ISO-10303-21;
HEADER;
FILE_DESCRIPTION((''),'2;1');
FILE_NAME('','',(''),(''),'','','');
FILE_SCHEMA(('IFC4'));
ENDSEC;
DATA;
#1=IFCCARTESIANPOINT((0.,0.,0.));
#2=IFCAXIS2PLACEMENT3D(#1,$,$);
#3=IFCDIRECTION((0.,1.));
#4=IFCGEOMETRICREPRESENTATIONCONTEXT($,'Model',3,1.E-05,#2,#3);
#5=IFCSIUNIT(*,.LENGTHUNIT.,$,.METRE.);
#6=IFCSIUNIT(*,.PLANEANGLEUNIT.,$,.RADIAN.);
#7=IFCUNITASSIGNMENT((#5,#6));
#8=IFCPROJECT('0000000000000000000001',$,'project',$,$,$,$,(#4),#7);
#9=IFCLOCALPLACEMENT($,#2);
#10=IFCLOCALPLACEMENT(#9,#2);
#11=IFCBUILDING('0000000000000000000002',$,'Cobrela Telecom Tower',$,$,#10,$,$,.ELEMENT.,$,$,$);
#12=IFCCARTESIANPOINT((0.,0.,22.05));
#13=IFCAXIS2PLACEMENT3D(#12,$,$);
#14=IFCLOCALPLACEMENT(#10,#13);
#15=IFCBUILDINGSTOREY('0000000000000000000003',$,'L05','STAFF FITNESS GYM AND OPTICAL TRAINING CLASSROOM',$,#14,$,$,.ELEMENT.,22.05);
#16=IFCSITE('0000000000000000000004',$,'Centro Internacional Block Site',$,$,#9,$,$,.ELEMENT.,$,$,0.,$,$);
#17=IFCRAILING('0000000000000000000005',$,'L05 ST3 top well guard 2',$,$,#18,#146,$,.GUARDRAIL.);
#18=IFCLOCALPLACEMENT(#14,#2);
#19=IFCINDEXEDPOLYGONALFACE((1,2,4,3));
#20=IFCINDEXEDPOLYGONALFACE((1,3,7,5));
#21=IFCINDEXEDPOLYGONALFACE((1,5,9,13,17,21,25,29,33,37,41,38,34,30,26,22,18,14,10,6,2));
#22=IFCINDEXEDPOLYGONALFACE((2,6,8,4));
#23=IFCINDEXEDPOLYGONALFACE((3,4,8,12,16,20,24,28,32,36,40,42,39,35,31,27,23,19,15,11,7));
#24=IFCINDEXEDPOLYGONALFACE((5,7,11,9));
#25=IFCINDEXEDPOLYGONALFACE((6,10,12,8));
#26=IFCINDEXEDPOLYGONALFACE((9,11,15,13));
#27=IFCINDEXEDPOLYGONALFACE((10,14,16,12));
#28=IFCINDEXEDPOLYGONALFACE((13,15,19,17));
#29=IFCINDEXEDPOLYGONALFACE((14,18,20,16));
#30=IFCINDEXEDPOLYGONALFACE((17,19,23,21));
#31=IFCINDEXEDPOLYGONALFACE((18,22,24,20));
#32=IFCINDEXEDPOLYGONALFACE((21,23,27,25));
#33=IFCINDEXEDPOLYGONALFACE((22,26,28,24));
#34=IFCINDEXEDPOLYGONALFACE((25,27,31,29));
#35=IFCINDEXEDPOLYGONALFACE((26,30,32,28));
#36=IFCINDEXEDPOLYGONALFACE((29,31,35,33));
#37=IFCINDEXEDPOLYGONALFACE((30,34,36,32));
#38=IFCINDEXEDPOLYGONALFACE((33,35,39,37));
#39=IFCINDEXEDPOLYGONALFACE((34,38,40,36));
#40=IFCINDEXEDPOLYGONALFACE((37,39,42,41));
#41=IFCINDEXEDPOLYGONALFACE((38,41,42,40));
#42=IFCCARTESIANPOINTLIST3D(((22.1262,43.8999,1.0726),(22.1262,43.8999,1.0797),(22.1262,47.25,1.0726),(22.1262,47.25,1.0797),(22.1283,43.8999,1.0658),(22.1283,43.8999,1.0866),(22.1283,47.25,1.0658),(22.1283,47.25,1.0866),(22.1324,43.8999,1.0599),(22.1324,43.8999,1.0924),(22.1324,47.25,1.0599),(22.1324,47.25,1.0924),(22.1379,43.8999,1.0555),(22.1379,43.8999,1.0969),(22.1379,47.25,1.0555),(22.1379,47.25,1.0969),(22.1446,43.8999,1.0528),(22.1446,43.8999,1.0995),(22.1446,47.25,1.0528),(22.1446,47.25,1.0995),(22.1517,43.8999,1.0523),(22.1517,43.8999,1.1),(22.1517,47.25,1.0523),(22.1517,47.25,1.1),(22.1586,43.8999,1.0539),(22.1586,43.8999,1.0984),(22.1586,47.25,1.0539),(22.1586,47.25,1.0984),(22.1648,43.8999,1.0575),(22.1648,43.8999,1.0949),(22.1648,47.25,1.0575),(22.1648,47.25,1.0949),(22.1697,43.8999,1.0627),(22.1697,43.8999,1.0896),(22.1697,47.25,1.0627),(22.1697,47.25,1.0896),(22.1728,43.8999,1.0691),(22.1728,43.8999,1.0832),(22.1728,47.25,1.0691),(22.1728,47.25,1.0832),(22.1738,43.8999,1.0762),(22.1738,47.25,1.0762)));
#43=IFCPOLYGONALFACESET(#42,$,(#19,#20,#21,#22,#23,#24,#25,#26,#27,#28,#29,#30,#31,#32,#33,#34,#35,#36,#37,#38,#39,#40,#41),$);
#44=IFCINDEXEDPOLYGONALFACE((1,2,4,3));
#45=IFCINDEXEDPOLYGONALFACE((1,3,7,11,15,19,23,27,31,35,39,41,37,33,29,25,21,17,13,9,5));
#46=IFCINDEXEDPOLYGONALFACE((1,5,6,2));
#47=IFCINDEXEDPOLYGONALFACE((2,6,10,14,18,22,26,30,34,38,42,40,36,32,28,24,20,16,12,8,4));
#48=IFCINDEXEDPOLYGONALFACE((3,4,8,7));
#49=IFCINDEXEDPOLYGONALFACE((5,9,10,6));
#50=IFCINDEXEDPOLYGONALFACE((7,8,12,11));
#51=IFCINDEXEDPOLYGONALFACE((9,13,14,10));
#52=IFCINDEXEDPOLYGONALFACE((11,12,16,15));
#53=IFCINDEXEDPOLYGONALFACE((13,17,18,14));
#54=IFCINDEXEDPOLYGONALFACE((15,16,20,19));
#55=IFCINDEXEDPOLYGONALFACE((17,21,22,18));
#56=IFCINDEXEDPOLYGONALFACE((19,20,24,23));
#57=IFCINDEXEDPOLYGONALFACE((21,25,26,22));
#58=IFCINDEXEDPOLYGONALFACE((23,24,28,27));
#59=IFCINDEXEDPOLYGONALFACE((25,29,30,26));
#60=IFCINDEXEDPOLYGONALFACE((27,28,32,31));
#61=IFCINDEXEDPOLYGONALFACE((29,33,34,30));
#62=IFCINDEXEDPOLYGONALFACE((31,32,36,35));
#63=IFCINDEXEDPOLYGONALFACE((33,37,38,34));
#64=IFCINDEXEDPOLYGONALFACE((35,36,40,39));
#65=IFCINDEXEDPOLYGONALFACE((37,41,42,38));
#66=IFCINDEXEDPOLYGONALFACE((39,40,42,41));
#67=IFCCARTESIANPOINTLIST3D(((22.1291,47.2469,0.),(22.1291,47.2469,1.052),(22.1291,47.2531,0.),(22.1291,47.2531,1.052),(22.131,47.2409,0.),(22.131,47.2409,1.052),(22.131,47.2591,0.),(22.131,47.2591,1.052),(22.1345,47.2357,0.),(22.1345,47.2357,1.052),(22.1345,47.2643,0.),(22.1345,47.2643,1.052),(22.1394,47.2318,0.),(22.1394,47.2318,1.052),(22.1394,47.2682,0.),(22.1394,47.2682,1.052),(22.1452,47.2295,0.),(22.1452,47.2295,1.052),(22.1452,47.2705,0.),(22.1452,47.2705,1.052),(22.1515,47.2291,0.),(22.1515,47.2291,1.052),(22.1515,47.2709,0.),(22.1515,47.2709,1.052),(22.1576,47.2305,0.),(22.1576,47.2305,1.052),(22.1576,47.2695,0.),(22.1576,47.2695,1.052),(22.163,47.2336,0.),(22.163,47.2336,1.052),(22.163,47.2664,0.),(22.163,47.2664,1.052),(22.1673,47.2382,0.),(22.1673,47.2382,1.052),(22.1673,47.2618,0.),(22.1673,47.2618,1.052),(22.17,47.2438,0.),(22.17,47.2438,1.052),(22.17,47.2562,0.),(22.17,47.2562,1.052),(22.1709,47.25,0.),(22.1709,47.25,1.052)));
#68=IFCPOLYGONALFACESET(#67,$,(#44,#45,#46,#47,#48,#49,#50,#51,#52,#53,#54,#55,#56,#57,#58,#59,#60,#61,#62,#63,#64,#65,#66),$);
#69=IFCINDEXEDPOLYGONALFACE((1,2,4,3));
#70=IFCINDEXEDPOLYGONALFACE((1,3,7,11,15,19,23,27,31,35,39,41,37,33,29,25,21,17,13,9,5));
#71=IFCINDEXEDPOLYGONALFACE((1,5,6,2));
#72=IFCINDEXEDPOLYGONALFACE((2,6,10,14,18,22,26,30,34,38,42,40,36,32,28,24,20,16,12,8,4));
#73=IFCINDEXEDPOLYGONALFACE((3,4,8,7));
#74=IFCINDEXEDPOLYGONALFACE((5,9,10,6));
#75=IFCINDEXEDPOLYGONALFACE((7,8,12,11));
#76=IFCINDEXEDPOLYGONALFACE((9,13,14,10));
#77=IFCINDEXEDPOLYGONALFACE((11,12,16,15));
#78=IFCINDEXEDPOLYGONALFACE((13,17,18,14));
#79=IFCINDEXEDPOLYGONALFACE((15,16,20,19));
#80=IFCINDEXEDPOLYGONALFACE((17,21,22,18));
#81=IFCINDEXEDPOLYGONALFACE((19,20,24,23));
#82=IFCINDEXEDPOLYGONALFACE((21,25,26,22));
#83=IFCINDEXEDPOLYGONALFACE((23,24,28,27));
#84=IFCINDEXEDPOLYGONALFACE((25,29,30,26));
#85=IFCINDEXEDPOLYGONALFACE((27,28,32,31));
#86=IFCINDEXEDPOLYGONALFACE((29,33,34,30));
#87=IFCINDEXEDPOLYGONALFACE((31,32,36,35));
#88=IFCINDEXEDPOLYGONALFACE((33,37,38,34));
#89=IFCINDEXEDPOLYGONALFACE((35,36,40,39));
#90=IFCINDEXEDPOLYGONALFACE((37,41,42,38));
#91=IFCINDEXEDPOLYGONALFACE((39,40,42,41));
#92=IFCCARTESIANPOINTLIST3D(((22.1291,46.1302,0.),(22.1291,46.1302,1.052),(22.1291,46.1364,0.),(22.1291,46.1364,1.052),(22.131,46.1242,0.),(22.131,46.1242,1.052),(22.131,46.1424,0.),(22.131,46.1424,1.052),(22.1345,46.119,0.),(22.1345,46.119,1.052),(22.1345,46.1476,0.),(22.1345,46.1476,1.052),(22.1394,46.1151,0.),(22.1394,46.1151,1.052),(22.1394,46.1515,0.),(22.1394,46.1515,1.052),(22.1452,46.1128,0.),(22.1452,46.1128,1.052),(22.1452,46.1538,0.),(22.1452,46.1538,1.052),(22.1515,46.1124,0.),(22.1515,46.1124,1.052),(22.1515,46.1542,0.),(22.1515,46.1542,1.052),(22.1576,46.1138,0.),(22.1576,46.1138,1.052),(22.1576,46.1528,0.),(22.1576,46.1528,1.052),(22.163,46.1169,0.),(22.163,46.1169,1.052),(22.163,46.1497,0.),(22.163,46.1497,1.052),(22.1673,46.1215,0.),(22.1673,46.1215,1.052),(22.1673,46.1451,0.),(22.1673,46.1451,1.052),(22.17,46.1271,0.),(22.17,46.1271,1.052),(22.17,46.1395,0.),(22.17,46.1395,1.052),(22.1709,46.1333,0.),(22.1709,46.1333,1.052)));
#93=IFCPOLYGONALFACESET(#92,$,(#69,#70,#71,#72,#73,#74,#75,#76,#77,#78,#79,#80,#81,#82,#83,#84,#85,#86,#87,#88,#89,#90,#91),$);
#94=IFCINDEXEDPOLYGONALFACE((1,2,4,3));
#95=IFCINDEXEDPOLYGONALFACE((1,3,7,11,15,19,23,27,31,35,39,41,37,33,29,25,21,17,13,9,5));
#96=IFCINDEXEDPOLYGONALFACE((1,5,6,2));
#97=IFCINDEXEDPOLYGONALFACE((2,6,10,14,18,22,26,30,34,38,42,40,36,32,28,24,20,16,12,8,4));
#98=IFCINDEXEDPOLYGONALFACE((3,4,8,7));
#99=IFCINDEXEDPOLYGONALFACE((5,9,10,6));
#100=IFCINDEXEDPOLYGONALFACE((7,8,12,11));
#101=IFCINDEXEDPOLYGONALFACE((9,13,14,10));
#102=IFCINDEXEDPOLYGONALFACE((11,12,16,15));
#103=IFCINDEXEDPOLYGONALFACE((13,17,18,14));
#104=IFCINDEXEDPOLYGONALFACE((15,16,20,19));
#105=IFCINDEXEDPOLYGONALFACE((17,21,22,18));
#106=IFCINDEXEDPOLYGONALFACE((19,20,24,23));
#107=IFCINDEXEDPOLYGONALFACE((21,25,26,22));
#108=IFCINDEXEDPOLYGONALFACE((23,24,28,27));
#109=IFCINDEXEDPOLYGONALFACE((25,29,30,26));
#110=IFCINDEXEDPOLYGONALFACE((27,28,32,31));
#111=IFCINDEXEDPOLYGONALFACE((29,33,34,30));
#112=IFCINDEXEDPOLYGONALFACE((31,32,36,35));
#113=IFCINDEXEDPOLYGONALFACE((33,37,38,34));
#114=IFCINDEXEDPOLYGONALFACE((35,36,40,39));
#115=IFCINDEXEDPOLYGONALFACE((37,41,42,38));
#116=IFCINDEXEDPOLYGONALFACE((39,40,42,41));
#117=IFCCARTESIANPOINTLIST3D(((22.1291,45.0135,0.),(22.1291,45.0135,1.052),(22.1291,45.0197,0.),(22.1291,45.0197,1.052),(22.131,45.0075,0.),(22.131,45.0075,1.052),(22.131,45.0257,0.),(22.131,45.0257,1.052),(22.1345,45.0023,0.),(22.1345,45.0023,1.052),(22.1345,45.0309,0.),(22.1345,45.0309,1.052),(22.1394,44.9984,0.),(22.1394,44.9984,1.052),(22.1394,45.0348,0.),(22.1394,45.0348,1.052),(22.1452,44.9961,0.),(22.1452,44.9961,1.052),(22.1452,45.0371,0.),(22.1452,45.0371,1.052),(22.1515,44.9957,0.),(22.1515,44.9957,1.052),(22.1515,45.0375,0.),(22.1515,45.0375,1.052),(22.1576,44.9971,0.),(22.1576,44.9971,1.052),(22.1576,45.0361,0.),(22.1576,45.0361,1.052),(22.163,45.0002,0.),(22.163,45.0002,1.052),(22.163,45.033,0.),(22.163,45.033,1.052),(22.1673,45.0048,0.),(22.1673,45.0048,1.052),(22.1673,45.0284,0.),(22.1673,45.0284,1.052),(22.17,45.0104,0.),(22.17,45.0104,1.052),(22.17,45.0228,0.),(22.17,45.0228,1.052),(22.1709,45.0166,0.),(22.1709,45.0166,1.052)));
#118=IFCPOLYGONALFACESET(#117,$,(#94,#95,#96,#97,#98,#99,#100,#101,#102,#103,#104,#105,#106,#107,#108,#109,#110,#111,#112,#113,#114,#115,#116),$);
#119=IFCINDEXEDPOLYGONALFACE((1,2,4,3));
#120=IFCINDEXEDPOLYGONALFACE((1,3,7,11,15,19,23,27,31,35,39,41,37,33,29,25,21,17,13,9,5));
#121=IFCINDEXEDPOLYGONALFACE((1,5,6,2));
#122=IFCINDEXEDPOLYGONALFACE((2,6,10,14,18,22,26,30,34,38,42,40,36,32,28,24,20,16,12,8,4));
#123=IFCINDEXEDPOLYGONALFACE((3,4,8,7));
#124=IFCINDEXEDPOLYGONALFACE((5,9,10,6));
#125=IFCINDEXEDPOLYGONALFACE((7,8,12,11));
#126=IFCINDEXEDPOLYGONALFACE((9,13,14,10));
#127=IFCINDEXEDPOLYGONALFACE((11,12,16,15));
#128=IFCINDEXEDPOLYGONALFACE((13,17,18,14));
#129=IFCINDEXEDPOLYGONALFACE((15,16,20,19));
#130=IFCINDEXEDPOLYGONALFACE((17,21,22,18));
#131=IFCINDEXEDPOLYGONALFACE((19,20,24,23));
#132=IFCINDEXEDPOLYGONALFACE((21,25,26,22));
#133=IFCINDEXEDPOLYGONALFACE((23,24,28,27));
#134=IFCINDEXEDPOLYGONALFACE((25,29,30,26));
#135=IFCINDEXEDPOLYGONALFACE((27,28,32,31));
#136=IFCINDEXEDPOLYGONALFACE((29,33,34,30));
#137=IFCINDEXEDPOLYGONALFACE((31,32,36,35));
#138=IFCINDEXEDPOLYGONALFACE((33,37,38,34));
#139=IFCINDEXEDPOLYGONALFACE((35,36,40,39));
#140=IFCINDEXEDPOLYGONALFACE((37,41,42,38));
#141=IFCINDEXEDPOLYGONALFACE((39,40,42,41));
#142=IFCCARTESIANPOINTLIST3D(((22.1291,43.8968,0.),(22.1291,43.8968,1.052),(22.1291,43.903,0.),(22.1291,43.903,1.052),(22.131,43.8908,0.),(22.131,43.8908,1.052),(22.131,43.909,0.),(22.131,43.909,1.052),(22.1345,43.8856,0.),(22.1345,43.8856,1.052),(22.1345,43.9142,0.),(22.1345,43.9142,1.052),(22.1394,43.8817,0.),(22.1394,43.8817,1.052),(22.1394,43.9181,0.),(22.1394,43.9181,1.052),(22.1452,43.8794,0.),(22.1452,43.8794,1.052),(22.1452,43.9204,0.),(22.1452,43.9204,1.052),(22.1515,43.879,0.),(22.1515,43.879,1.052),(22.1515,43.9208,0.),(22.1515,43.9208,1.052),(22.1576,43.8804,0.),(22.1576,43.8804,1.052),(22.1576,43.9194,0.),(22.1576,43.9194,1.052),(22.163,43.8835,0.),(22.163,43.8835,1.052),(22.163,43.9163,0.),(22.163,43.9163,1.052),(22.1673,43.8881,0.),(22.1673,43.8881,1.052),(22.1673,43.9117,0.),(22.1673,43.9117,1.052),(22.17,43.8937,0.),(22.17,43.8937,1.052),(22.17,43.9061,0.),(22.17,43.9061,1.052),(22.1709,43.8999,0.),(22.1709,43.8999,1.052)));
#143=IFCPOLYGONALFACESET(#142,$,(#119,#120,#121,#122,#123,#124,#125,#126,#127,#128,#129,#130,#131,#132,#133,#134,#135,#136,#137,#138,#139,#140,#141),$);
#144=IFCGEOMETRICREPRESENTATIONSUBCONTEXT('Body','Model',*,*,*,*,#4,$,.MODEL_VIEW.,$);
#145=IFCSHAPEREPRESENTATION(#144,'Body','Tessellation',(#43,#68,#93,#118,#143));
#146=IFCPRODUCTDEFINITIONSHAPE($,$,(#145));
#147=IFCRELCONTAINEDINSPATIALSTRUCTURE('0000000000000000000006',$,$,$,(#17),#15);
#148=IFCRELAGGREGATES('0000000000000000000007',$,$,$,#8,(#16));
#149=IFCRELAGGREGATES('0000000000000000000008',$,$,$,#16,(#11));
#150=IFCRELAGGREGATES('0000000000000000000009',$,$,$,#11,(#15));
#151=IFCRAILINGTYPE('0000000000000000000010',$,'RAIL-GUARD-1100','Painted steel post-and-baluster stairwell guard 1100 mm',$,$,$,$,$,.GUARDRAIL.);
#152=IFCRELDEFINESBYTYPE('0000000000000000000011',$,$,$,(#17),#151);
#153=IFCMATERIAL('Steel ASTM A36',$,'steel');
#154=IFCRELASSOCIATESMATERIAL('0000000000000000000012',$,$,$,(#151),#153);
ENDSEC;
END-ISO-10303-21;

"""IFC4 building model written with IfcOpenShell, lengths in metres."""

from ifc_helpers import new_model, si_unit, direction, frame, origin, origin_2d, place, context, subcontext, project, spatial, circle, extrude, material, type_object, element, save


model = new_model("IFC4")

# Units and contexts
model_context = context("Model", 3, precision=1e-05, world=origin(), true_north=direction((0.0, 1.0)))
body_context = subcontext(model_context, "Body", "Model", "MODEL_VIEW")
ifc_project = project(units=[si_unit("LENGTHUNIT", "METRE"), si_unit("PLANEANGLEUNIT", "RADIAN")], contexts=[model_context])

# Site, building, storey
site_placement = place(None, origin())
site = spatial("IfcSite", under=ifc_project, at=site_placement, Name="Centro Internacional Block Site", CompositionType="ELEMENT", RefElevation=0.0)
building_placement = place(site_placement, origin())
building = spatial("IfcBuilding", under=site, at=building_placement, Name="Cobrela Telecom Tower", CompositionType="ELEMENT")
storey_placement = place(building_placement, frame((0.0, 0.0, 22.05)))
storey = spatial("IfcBuildingStorey", under=building, at=storey_placement, Name="L05", Description="STAFF FITNESS GYM AND OPTICAL TRAINING CLASSROOM", CompositionType="ELEMENT", Elevation=22.05)

# Shared definitions
ifc_material_1 = material(Name="Steel ASTM A36", Category="steel")

# Railing
railing_type = type_object("IfcRailingType", Name="RAIL-GUARD-1100", Description="Painted steel post-and-baluster stairwell guard 1100 mm", PredefinedType="GUARDRAIL", material=ifc_material_1)
railing_1_placement = place(storey_placement, frame((22.1499, 47.25, 0.0)))
element("IfcRailing", 1, at=railing_1_placement, inside=storey, type_object=railing_type, Name="L05 ST3 top well guard 2", PredefinedType="GUARDRAIL", context=body_context, shape_type="SweptSolid", body=[
    extrude(circle(Radius=0.0239, at=origin_2d()), frame((0.0, 0.0, 1.0762), z_axis=(0.0, -1.0, 0.0), x_axis=(1.0, 0.0, 0.0)), (0.0, 0.0, 1.0), 3.3501),
    extrude(circle(Radius=0.021, at=origin_2d()), origin(), (0.0, 0.0, 1.0), 1.052),
    extrude(circle(Radius=0.021, at=origin_2d()), frame((0.0, -1.1167, 0.0)), (0.0, 0.0, 1.0), 1.052),
    extrude(circle(Radius=0.021, at=origin_2d()), frame((0.0, -2.2334, 0.0)), (0.0, 0.0, 1.0), 1.052),
    extrude(circle(Radius=0.021, at=origin_2d()), frame((0.0, -3.3501, 0.0)), (0.0, 0.0, 1.0), 1.052),
])

save(model, "model.ifc")
